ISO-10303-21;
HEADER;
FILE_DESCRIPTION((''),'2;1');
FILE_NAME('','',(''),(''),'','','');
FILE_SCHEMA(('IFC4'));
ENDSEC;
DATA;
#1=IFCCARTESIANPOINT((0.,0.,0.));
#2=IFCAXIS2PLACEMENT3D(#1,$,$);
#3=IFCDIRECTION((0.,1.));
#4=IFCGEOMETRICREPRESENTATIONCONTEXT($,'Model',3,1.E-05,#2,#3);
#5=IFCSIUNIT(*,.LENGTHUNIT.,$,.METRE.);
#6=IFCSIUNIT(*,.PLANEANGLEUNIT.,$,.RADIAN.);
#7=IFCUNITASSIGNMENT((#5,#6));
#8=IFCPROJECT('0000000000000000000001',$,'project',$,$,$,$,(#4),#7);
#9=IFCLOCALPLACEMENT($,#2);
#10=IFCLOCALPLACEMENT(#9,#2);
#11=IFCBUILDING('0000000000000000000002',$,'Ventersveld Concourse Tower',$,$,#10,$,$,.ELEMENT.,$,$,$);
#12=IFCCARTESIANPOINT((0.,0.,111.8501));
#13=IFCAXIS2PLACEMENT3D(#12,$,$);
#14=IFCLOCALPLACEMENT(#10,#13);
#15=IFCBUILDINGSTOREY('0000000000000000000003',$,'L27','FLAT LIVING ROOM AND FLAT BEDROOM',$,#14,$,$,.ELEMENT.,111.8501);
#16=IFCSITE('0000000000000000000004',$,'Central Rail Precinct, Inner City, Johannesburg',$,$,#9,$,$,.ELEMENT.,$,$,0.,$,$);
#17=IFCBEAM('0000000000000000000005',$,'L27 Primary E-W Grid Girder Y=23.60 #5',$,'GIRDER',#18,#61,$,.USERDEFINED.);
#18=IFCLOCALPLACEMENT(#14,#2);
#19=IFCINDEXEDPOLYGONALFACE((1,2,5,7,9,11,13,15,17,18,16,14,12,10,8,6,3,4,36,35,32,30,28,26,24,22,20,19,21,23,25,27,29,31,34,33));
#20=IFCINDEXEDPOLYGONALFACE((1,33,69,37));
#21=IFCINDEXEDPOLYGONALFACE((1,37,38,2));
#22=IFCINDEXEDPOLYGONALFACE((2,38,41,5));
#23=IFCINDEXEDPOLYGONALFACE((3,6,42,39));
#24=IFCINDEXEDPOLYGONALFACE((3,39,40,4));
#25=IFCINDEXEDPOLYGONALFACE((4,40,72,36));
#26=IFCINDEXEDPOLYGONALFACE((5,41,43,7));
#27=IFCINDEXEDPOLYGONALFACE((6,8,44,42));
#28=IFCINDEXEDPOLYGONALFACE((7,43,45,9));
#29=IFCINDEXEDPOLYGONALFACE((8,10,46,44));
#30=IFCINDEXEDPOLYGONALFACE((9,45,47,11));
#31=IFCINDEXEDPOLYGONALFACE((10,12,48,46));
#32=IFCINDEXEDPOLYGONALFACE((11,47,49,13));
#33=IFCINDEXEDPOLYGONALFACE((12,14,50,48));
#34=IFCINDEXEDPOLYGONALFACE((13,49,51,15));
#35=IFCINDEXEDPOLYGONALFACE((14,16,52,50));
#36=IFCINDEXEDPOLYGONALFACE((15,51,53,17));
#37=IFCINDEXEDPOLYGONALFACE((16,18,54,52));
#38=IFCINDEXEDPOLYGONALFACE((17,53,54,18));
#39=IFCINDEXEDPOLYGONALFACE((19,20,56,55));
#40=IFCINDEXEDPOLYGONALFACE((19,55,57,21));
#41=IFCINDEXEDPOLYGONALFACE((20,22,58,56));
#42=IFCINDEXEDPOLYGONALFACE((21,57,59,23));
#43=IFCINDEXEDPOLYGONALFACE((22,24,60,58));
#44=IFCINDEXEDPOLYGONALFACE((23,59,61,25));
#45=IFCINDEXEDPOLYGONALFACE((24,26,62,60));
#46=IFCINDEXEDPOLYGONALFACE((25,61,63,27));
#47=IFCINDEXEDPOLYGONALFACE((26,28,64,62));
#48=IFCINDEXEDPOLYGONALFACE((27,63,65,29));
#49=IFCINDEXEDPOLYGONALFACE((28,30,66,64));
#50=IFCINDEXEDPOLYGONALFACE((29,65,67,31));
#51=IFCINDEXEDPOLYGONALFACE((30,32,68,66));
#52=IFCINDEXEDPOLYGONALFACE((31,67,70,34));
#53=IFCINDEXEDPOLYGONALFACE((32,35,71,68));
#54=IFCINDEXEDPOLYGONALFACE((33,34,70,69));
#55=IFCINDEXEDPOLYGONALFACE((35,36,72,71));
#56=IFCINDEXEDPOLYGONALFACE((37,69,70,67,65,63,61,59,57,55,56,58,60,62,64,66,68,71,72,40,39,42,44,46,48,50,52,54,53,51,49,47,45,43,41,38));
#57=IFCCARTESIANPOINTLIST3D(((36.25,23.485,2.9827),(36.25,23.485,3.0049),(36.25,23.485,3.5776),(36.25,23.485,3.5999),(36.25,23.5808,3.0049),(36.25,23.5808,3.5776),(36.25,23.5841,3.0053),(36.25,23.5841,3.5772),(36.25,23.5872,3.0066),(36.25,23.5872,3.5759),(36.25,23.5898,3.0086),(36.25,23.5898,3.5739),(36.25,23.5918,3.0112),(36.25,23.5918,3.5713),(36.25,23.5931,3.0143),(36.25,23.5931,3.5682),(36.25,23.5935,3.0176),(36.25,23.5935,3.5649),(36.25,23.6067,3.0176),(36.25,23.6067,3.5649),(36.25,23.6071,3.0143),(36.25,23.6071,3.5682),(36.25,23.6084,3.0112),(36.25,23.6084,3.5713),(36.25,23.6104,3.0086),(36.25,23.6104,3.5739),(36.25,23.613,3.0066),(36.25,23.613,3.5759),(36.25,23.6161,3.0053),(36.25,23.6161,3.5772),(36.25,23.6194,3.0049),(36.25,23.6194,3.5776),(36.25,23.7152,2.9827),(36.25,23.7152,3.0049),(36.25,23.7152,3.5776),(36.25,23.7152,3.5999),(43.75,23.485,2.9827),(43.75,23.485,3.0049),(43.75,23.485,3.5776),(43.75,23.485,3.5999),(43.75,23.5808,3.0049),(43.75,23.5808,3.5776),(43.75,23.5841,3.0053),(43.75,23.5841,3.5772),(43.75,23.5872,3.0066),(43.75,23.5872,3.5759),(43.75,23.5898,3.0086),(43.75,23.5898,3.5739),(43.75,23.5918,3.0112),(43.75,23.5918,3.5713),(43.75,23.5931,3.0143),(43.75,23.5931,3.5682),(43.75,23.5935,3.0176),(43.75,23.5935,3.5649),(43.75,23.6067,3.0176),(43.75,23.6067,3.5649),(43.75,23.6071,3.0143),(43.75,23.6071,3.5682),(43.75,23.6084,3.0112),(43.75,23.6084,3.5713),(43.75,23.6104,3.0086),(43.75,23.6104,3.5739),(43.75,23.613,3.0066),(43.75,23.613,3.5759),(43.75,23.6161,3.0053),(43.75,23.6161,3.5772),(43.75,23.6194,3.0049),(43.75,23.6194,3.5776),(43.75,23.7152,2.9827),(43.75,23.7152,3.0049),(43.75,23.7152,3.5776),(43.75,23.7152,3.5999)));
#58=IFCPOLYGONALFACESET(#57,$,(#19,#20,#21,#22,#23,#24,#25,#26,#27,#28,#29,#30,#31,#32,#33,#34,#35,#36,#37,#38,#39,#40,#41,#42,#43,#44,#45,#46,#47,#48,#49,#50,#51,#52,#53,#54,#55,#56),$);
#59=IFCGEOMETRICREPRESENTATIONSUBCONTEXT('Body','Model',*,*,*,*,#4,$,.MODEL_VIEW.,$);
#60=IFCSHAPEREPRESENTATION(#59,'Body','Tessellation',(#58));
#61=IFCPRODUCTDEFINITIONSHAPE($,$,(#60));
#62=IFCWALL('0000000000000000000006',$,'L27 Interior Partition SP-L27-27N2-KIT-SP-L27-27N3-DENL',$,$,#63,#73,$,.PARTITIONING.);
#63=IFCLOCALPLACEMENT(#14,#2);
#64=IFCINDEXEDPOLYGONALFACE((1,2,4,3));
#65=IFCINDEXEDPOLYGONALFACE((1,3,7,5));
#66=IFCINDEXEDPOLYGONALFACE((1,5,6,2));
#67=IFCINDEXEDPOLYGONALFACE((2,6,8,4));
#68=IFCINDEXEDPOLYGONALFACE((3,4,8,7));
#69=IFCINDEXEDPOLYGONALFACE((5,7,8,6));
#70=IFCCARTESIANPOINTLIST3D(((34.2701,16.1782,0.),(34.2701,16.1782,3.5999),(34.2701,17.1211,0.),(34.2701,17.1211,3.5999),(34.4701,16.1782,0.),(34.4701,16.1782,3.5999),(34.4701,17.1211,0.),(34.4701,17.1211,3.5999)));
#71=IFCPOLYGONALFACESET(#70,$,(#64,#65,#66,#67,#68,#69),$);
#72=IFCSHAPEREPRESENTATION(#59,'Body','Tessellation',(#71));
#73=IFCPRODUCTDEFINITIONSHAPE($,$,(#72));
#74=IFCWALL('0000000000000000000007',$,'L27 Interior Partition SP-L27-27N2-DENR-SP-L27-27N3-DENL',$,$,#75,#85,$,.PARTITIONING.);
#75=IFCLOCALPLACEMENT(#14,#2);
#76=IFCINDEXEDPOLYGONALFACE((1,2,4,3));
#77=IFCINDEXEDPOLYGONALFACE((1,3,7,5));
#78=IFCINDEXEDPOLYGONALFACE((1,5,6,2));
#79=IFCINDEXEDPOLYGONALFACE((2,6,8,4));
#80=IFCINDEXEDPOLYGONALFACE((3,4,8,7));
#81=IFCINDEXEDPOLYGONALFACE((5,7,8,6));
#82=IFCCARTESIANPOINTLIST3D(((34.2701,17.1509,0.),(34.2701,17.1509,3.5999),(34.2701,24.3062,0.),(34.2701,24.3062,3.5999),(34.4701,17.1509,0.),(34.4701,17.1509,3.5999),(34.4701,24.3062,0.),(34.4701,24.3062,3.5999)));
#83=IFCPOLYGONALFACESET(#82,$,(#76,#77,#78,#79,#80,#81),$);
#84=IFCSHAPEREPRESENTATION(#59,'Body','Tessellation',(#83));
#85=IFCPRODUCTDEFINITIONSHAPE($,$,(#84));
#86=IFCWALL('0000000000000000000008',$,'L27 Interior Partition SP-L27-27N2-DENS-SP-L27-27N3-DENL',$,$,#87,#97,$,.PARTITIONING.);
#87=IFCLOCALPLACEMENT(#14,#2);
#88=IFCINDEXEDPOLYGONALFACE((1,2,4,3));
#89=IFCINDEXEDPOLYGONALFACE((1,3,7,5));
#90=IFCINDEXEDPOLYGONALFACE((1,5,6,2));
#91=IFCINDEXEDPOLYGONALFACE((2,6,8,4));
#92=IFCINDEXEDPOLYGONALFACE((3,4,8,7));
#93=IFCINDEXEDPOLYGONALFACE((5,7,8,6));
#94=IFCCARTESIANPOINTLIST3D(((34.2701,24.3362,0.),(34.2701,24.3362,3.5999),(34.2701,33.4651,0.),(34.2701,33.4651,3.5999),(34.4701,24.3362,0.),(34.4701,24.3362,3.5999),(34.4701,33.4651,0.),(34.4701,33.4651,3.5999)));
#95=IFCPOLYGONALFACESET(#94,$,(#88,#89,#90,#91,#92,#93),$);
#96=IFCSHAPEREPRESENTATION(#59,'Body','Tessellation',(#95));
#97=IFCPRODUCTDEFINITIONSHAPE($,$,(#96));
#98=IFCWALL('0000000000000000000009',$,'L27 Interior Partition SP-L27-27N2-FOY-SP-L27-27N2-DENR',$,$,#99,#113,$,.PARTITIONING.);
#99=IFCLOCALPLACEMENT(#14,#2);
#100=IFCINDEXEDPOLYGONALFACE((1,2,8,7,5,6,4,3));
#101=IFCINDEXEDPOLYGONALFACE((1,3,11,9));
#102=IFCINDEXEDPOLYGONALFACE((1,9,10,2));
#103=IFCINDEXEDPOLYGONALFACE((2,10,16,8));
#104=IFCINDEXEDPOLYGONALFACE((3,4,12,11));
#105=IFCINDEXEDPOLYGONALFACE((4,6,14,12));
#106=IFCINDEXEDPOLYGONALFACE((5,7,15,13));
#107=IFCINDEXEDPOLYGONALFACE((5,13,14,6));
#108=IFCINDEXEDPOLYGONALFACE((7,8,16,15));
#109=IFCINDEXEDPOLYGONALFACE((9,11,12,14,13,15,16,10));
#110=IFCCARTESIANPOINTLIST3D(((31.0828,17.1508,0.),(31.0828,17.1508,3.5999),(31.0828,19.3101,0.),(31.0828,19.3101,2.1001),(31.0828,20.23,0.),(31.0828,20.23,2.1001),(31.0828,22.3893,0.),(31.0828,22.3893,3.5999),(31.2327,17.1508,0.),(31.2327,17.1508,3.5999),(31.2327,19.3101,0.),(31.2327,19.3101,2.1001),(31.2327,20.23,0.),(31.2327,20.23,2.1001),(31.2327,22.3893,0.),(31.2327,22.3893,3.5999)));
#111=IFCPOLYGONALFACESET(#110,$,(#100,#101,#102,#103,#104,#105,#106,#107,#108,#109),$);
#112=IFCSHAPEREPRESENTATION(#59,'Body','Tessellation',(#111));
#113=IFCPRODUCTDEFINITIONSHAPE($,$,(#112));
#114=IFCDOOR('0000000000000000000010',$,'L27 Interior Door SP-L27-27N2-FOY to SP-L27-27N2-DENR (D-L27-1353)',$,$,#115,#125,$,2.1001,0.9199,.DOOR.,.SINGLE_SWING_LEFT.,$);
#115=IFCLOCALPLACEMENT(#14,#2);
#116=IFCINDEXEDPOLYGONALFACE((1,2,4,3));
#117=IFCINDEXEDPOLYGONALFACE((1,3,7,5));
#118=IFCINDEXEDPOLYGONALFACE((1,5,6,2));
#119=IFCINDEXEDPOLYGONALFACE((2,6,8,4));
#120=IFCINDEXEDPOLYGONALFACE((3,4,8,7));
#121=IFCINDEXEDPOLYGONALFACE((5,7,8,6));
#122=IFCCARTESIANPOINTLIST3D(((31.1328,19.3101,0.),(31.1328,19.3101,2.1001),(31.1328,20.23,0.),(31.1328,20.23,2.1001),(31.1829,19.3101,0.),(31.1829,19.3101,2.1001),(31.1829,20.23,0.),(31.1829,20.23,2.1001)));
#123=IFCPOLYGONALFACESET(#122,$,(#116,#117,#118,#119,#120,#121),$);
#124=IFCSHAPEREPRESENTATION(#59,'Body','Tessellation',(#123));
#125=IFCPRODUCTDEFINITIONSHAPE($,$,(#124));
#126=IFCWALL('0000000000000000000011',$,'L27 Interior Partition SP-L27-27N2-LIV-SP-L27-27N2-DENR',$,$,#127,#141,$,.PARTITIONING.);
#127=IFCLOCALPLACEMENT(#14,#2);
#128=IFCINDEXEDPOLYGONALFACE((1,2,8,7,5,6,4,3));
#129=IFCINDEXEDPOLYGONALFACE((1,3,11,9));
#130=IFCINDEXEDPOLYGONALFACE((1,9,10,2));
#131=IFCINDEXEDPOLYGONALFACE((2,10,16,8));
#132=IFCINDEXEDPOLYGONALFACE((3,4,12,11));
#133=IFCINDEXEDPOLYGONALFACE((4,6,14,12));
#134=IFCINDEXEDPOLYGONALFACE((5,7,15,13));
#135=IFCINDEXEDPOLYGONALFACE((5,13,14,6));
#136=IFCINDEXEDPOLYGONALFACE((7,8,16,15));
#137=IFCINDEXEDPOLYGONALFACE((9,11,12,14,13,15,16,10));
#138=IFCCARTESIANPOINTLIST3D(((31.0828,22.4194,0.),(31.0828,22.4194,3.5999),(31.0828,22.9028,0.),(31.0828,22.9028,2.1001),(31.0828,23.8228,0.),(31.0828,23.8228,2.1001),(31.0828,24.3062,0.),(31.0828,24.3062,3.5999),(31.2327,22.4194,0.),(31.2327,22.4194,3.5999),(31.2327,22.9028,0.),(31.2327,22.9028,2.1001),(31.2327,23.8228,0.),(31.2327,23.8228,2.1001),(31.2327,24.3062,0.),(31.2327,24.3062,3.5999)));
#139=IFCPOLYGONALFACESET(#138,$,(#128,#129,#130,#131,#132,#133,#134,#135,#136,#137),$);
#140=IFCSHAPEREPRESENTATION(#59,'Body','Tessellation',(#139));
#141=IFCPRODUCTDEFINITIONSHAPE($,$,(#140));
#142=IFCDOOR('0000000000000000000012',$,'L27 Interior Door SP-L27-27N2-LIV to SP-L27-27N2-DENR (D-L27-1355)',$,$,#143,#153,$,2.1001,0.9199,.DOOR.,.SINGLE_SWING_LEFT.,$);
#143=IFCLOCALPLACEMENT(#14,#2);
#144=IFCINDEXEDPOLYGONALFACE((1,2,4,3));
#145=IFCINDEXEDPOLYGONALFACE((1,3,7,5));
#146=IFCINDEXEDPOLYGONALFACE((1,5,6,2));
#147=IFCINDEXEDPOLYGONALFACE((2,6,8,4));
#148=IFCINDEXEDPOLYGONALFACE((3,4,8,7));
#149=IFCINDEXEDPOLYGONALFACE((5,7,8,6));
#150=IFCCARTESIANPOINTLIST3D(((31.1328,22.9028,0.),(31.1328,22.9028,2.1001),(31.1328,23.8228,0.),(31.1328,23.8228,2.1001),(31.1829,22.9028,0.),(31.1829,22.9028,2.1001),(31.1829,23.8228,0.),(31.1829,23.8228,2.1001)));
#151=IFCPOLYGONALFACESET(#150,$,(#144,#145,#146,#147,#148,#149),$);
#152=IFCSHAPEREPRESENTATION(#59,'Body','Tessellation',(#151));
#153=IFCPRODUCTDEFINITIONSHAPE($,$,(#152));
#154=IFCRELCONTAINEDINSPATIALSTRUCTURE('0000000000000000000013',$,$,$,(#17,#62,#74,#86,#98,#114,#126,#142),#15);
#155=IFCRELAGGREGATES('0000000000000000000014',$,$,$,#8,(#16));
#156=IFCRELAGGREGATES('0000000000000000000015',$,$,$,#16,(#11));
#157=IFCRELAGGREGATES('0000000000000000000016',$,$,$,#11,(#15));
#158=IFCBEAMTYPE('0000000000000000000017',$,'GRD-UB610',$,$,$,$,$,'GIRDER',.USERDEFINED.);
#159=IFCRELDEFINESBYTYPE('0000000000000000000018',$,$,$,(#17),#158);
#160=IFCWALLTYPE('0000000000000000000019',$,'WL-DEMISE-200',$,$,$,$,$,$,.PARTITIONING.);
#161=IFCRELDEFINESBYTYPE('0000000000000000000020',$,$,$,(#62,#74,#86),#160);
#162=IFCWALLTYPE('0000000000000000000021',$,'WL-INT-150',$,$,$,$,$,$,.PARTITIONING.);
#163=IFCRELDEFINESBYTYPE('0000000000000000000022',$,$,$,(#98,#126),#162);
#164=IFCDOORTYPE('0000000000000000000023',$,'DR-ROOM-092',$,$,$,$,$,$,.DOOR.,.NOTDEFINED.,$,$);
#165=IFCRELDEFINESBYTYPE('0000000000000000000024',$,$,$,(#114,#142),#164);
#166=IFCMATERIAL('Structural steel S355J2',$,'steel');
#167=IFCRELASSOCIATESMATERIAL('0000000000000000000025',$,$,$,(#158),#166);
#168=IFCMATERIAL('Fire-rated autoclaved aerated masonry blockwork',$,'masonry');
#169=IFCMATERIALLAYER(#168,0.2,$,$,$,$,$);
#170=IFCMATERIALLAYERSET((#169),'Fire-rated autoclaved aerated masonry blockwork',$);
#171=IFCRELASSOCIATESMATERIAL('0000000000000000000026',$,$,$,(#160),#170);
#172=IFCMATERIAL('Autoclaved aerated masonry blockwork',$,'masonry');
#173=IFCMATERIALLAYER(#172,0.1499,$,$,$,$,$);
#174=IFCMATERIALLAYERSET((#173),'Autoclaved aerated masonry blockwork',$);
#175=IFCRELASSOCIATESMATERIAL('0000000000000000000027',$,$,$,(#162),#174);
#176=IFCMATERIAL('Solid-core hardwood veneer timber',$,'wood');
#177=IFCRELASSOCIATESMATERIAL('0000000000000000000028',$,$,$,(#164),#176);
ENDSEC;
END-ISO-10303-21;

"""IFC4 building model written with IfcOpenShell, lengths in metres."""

from ifc_helpers import new_model, si_unit, direction, frame, frame_2d, origin, origin_2d, place, context, subcontext, project, spatial, rectangle, i_section, extrude, material, layer, layer_set, material_profile, profile_set, type_object, element, fill, save


model = new_model("IFC4")

# Units and contexts
model_context = context("Model", 3, precision=1e-05, world=origin(), true_north=direction((0.0, 1.0)))
body_context = subcontext(model_context, "Body", "Model", "MODEL_VIEW")
ifc_project = project(units=[si_unit("LENGTHUNIT", "METRE"), si_unit("PLANEANGLEUNIT", "RADIAN")], contexts=[model_context])

# Site, building, storey
site_placement = place(None, origin())
site = spatial("IfcSite", under=ifc_project, at=site_placement, Name="Central Rail Precinct, Inner City, Johannesburg", CompositionType="ELEMENT", RefElevation=0.0)
building_placement = place(site_placement, origin())
building = spatial("IfcBuilding", under=site, at=building_placement, Name="Ventersveld Concourse Tower", CompositionType="ELEMENT")
storey_placement = place(building_placement, frame((0.0, 0.0, 111.8501)))
storey = spatial("IfcBuildingStorey", under=building, at=storey_placement, Name="L27", Description="FLAT LIVING ROOM AND FLAT BEDROOM", CompositionType="ELEMENT", Elevation=111.8501)

# Beam
ifc_material_1 = material(Name="Structural steel S355J2", Category="steel")
ifc_material_profile_1 = material_profile(ifc_material_1, i_section(OverallWidth=0.2302, OverallDepth=0.6172, WebThickness=0.0132, FlangeThickness=0.0222, FilletRadius=0.0127, at=origin_2d()), Name="UB 610x229x140")
ifc_profile_set_1 = profile_set([ifc_material_profile_1], Name="Structural steel S355J2")
beam_type_1 = type_object("IfcBeamType", Name="GRD-UB610", ElementType="GIRDER", PredefinedType="USERDEFINED", material=ifc_profile_set_1)
for number, where, z_axis, x_axis, name in (
    (1, (36.25, 23.6001, 3.2913), (1.0, 0.0, 0.0), (0.0, 1.0, 0.0), "L27 Primary E-W Grid Girder Y=23.60 #5"),
):
    element("IfcBeam", number, at=place(storey_placement, frame(where, z_axis=z_axis, x_axis=x_axis)), inside=storey, type_object=beam_type_1, Name=name, ObjectType="GIRDER", PredefinedType="USERDEFINED", context=body_context, shape_type="SweptSolid", body=[
        extrude(i_section(OverallWidth=0.2302, OverallDepth=0.6172, WebThickness=0.0132, FlangeThickness=0.0222, FilletRadius=0.0127, at=origin_2d()), origin(), (0.0, 0.0, 1.0), 7.5),
    ])

# Walls
ifc_material_2 = material(Name="Fire-rated autoclaved aerated masonry blockwork", Category="masonry")
ifc_layer_1 = layer(ifc_material_2, 0.2)
ifc_layer_set_1 = layer_set([ifc_layer_1], Name="Fire-rated autoclaved aerated masonry blockwork")
wall_type_1 = type_object("IfcWallType", Name="WL-DEMISE-200", PredefinedType="PARTITIONING", material=ifc_layer_set_1)
wall_1_placement = place(storey_placement, frame((34.3701, 16.1782, 0.0), z_axis=(0.0, 0.0, 1.0), x_axis=(0.0, 1.0, 0.0)))
element("IfcWall", 2, at=wall_1_placement, inside=storey, type_object=wall_type_1, Name="L27 Interior Partition SP-L27-27N2-KIT-SP-L27-27N3-DENL", PredefinedType="PARTITIONING", context=body_context, shape_type="SweptSolid", body=[
    extrude(rectangle(XDim=0.9429, YDim=0.2, at=frame_2d((0.4714, 0.0))), origin(), (0.0, 0.0, 1.0), 3.5999),
])
wall_2_placement = place(storey_placement, frame((34.3701, 17.1509, 0.0), z_axis=(0.0, 0.0, 1.0), x_axis=(0.0, 1.0, 0.0)))
element("IfcWall", 3, at=wall_2_placement, inside=storey, type_object=wall_type_1, Name="L27 Interior Partition SP-L27-27N2-DENR-SP-L27-27N3-DENL", PredefinedType="PARTITIONING", context=body_context, shape_type="SweptSolid", body=[
    extrude(rectangle(XDim=7.1553, YDim=0.2, at=frame_2d((3.5776, 0.0))), origin(), (0.0, 0.0, 1.0), 3.5999),
])
wall_3_placement = place(storey_placement, frame((34.3701, 24.3362, 0.0), z_axis=(0.0, 0.0, 1.0), x_axis=(0.0, 1.0, 0.0)))
element("IfcWall", 4, at=wall_3_placement, inside=storey, type_object=wall_type_1, Name="L27 Interior Partition SP-L27-27N2-DENS-SP-L27-27N3-DENL", PredefinedType="PARTITIONING", context=body_context, shape_type="SweptSolid", body=[
    extrude(rectangle(XDim=9.1289, YDim=0.2, at=frame_2d((4.5645, 0.0))), origin(), (0.0, 0.0, 1.0), 3.5999),
])

# Walls, openings, doors
ifc_material_3 = material(Name="Autoclaved aerated masonry blockwork", Category="masonry")
ifc_layer_2 = layer(ifc_material_3, 0.1499)
ifc_layer_set_2 = layer_set([ifc_layer_2], Name="Autoclaved aerated masonry blockwork")
wall_type_2 = type_object("IfcWallType", Name="WL-INT-150", PredefinedType="PARTITIONING", material=ifc_layer_set_2)
wall_4_placement = place(storey_placement, frame((31.1577, 17.1509, 0.0), z_axis=(0.0, 0.0, 1.0), x_axis=(0.0, 1.0, 0.0)))
wall_4 = element("IfcWall", 5, at=wall_4_placement, inside=storey, type_object=wall_type_2, Name="L27 Interior Partition SP-L27-27N2-FOY-SP-L27-27N2-DENR", PredefinedType="PARTITIONING", context=body_context, shape_type="SweptSolid", body=[
    extrude(rectangle(XDim=5.2385, YDim=0.1499, at=frame_2d((2.6191, 0.0))), origin(), (0.0, 0.0, 1.0), 3.5999),
])
opening_1_placement = place(wall_4_placement, frame((2.1592, 0.0, 0.0)))
opening_1 = element("IfcOpeningElement", 6, at=opening_1_placement, cuts=wall_4, PredefinedType="OPENING", context=body_context, shape_type="SweptSolid", body=[
    extrude(rectangle(XDim=0.9199, YDim=2.1001, at=frame_2d((0.46, 1.05))), frame((0.0, 0.085, 0.0), z_axis=(0.0, -1.0, 0.0), x_axis=(1.0, 0.0, 0.0)), (0.0, 0.0, 1.0), 0.1699),
])
ifc_material_4 = material(Name="Solid-core hardwood veneer timber", Category="wood")
door_type = type_object("IfcDoorType", Name="DR-ROOM-092", OperationType="NOTDEFINED", PredefinedType="DOOR", material=ifc_material_4)
door_1_placement = place(opening_1_placement, origin())
door_1 = element("IfcDoor", 7, at=door_1_placement, inside=storey, type_object=door_type, Name="L27 Interior Door SP-L27-27N2-FOY to SP-L27-27N2-DENR (D-L27-1353)", OperationType="SINGLE_SWING_LEFT", OverallHeight=2.1001, OverallWidth=0.9199, PredefinedType="DOOR", context=body_context, shape_type="SweptSolid", body=[
    extrude(rectangle(XDim=0.9199, YDim=2.1001, at=frame_2d((0.46, 1.05))), frame((0.0, 0.0249, 0.0), z_axis=(0.0, -1.0, 0.0), x_axis=(1.0, 0.0, 0.0)), (0.0, 0.0, 1.0), 0.05),
])
fill(opening_1, door_1)
wall_5_placement = place(storey_placement, frame((31.1577, 22.4194, 0.0), z_axis=(0.0, 0.0, 1.0), x_axis=(0.0, 1.0, 0.0)))
wall_5 = element("IfcWall", 8, at=wall_5_placement, inside=storey, type_object=wall_type_2, Name="L27 Interior Partition SP-L27-27N2-LIV-SP-L27-27N2-DENR", PredefinedType="PARTITIONING", context=body_context, shape_type="SweptSolid", body=[
    extrude(rectangle(XDim=1.8867, YDim=0.1499, at=frame_2d((0.9434, 0.0))), origin(), (0.0, 0.0, 1.0), 3.5999),
])
opening_2_placement = place(wall_5_placement, frame((0.4834, 0.0, 0.0)))
opening_2 = element("IfcOpeningElement", 9, at=opening_2_placement, cuts=wall_5, PredefinedType="OPENING", context=body_context, shape_type="SweptSolid", body=[
    extrude(rectangle(XDim=0.9199, YDim=2.1001, at=frame_2d((0.46, 1.05))), frame((0.0, 0.085, 0.0), z_axis=(0.0, -1.0, 0.0), x_axis=(1.0, 0.0, 0.0)), (0.0, 0.0, 1.0), 0.1699),
])
door_2_placement = place(opening_2_placement, origin())
door_2 = element("IfcDoor", 10, at=door_2_placement, inside=storey, type_object=door_type, Name="L27 Interior Door SP-L27-27N2-LIV to SP-L27-27N2-DENR (D-L27-1355)", OperationType="SINGLE_SWING_LEFT", OverallHeight=2.1001, OverallWidth=0.9199, PredefinedType="DOOR", context=body_context, shape_type="SweptSolid", body=[
    extrude(rectangle(XDim=0.9199, YDim=2.1001, at=frame_2d((0.46, 1.05))), frame((0.0, 0.0249, 0.0), z_axis=(0.0, -1.0, 0.0), x_axis=(1.0, 0.0, 0.0)), (0.0, 0.0, 1.0), 0.05),
])
fill(opening_2, door_2)

save(model, "model.ifc")
